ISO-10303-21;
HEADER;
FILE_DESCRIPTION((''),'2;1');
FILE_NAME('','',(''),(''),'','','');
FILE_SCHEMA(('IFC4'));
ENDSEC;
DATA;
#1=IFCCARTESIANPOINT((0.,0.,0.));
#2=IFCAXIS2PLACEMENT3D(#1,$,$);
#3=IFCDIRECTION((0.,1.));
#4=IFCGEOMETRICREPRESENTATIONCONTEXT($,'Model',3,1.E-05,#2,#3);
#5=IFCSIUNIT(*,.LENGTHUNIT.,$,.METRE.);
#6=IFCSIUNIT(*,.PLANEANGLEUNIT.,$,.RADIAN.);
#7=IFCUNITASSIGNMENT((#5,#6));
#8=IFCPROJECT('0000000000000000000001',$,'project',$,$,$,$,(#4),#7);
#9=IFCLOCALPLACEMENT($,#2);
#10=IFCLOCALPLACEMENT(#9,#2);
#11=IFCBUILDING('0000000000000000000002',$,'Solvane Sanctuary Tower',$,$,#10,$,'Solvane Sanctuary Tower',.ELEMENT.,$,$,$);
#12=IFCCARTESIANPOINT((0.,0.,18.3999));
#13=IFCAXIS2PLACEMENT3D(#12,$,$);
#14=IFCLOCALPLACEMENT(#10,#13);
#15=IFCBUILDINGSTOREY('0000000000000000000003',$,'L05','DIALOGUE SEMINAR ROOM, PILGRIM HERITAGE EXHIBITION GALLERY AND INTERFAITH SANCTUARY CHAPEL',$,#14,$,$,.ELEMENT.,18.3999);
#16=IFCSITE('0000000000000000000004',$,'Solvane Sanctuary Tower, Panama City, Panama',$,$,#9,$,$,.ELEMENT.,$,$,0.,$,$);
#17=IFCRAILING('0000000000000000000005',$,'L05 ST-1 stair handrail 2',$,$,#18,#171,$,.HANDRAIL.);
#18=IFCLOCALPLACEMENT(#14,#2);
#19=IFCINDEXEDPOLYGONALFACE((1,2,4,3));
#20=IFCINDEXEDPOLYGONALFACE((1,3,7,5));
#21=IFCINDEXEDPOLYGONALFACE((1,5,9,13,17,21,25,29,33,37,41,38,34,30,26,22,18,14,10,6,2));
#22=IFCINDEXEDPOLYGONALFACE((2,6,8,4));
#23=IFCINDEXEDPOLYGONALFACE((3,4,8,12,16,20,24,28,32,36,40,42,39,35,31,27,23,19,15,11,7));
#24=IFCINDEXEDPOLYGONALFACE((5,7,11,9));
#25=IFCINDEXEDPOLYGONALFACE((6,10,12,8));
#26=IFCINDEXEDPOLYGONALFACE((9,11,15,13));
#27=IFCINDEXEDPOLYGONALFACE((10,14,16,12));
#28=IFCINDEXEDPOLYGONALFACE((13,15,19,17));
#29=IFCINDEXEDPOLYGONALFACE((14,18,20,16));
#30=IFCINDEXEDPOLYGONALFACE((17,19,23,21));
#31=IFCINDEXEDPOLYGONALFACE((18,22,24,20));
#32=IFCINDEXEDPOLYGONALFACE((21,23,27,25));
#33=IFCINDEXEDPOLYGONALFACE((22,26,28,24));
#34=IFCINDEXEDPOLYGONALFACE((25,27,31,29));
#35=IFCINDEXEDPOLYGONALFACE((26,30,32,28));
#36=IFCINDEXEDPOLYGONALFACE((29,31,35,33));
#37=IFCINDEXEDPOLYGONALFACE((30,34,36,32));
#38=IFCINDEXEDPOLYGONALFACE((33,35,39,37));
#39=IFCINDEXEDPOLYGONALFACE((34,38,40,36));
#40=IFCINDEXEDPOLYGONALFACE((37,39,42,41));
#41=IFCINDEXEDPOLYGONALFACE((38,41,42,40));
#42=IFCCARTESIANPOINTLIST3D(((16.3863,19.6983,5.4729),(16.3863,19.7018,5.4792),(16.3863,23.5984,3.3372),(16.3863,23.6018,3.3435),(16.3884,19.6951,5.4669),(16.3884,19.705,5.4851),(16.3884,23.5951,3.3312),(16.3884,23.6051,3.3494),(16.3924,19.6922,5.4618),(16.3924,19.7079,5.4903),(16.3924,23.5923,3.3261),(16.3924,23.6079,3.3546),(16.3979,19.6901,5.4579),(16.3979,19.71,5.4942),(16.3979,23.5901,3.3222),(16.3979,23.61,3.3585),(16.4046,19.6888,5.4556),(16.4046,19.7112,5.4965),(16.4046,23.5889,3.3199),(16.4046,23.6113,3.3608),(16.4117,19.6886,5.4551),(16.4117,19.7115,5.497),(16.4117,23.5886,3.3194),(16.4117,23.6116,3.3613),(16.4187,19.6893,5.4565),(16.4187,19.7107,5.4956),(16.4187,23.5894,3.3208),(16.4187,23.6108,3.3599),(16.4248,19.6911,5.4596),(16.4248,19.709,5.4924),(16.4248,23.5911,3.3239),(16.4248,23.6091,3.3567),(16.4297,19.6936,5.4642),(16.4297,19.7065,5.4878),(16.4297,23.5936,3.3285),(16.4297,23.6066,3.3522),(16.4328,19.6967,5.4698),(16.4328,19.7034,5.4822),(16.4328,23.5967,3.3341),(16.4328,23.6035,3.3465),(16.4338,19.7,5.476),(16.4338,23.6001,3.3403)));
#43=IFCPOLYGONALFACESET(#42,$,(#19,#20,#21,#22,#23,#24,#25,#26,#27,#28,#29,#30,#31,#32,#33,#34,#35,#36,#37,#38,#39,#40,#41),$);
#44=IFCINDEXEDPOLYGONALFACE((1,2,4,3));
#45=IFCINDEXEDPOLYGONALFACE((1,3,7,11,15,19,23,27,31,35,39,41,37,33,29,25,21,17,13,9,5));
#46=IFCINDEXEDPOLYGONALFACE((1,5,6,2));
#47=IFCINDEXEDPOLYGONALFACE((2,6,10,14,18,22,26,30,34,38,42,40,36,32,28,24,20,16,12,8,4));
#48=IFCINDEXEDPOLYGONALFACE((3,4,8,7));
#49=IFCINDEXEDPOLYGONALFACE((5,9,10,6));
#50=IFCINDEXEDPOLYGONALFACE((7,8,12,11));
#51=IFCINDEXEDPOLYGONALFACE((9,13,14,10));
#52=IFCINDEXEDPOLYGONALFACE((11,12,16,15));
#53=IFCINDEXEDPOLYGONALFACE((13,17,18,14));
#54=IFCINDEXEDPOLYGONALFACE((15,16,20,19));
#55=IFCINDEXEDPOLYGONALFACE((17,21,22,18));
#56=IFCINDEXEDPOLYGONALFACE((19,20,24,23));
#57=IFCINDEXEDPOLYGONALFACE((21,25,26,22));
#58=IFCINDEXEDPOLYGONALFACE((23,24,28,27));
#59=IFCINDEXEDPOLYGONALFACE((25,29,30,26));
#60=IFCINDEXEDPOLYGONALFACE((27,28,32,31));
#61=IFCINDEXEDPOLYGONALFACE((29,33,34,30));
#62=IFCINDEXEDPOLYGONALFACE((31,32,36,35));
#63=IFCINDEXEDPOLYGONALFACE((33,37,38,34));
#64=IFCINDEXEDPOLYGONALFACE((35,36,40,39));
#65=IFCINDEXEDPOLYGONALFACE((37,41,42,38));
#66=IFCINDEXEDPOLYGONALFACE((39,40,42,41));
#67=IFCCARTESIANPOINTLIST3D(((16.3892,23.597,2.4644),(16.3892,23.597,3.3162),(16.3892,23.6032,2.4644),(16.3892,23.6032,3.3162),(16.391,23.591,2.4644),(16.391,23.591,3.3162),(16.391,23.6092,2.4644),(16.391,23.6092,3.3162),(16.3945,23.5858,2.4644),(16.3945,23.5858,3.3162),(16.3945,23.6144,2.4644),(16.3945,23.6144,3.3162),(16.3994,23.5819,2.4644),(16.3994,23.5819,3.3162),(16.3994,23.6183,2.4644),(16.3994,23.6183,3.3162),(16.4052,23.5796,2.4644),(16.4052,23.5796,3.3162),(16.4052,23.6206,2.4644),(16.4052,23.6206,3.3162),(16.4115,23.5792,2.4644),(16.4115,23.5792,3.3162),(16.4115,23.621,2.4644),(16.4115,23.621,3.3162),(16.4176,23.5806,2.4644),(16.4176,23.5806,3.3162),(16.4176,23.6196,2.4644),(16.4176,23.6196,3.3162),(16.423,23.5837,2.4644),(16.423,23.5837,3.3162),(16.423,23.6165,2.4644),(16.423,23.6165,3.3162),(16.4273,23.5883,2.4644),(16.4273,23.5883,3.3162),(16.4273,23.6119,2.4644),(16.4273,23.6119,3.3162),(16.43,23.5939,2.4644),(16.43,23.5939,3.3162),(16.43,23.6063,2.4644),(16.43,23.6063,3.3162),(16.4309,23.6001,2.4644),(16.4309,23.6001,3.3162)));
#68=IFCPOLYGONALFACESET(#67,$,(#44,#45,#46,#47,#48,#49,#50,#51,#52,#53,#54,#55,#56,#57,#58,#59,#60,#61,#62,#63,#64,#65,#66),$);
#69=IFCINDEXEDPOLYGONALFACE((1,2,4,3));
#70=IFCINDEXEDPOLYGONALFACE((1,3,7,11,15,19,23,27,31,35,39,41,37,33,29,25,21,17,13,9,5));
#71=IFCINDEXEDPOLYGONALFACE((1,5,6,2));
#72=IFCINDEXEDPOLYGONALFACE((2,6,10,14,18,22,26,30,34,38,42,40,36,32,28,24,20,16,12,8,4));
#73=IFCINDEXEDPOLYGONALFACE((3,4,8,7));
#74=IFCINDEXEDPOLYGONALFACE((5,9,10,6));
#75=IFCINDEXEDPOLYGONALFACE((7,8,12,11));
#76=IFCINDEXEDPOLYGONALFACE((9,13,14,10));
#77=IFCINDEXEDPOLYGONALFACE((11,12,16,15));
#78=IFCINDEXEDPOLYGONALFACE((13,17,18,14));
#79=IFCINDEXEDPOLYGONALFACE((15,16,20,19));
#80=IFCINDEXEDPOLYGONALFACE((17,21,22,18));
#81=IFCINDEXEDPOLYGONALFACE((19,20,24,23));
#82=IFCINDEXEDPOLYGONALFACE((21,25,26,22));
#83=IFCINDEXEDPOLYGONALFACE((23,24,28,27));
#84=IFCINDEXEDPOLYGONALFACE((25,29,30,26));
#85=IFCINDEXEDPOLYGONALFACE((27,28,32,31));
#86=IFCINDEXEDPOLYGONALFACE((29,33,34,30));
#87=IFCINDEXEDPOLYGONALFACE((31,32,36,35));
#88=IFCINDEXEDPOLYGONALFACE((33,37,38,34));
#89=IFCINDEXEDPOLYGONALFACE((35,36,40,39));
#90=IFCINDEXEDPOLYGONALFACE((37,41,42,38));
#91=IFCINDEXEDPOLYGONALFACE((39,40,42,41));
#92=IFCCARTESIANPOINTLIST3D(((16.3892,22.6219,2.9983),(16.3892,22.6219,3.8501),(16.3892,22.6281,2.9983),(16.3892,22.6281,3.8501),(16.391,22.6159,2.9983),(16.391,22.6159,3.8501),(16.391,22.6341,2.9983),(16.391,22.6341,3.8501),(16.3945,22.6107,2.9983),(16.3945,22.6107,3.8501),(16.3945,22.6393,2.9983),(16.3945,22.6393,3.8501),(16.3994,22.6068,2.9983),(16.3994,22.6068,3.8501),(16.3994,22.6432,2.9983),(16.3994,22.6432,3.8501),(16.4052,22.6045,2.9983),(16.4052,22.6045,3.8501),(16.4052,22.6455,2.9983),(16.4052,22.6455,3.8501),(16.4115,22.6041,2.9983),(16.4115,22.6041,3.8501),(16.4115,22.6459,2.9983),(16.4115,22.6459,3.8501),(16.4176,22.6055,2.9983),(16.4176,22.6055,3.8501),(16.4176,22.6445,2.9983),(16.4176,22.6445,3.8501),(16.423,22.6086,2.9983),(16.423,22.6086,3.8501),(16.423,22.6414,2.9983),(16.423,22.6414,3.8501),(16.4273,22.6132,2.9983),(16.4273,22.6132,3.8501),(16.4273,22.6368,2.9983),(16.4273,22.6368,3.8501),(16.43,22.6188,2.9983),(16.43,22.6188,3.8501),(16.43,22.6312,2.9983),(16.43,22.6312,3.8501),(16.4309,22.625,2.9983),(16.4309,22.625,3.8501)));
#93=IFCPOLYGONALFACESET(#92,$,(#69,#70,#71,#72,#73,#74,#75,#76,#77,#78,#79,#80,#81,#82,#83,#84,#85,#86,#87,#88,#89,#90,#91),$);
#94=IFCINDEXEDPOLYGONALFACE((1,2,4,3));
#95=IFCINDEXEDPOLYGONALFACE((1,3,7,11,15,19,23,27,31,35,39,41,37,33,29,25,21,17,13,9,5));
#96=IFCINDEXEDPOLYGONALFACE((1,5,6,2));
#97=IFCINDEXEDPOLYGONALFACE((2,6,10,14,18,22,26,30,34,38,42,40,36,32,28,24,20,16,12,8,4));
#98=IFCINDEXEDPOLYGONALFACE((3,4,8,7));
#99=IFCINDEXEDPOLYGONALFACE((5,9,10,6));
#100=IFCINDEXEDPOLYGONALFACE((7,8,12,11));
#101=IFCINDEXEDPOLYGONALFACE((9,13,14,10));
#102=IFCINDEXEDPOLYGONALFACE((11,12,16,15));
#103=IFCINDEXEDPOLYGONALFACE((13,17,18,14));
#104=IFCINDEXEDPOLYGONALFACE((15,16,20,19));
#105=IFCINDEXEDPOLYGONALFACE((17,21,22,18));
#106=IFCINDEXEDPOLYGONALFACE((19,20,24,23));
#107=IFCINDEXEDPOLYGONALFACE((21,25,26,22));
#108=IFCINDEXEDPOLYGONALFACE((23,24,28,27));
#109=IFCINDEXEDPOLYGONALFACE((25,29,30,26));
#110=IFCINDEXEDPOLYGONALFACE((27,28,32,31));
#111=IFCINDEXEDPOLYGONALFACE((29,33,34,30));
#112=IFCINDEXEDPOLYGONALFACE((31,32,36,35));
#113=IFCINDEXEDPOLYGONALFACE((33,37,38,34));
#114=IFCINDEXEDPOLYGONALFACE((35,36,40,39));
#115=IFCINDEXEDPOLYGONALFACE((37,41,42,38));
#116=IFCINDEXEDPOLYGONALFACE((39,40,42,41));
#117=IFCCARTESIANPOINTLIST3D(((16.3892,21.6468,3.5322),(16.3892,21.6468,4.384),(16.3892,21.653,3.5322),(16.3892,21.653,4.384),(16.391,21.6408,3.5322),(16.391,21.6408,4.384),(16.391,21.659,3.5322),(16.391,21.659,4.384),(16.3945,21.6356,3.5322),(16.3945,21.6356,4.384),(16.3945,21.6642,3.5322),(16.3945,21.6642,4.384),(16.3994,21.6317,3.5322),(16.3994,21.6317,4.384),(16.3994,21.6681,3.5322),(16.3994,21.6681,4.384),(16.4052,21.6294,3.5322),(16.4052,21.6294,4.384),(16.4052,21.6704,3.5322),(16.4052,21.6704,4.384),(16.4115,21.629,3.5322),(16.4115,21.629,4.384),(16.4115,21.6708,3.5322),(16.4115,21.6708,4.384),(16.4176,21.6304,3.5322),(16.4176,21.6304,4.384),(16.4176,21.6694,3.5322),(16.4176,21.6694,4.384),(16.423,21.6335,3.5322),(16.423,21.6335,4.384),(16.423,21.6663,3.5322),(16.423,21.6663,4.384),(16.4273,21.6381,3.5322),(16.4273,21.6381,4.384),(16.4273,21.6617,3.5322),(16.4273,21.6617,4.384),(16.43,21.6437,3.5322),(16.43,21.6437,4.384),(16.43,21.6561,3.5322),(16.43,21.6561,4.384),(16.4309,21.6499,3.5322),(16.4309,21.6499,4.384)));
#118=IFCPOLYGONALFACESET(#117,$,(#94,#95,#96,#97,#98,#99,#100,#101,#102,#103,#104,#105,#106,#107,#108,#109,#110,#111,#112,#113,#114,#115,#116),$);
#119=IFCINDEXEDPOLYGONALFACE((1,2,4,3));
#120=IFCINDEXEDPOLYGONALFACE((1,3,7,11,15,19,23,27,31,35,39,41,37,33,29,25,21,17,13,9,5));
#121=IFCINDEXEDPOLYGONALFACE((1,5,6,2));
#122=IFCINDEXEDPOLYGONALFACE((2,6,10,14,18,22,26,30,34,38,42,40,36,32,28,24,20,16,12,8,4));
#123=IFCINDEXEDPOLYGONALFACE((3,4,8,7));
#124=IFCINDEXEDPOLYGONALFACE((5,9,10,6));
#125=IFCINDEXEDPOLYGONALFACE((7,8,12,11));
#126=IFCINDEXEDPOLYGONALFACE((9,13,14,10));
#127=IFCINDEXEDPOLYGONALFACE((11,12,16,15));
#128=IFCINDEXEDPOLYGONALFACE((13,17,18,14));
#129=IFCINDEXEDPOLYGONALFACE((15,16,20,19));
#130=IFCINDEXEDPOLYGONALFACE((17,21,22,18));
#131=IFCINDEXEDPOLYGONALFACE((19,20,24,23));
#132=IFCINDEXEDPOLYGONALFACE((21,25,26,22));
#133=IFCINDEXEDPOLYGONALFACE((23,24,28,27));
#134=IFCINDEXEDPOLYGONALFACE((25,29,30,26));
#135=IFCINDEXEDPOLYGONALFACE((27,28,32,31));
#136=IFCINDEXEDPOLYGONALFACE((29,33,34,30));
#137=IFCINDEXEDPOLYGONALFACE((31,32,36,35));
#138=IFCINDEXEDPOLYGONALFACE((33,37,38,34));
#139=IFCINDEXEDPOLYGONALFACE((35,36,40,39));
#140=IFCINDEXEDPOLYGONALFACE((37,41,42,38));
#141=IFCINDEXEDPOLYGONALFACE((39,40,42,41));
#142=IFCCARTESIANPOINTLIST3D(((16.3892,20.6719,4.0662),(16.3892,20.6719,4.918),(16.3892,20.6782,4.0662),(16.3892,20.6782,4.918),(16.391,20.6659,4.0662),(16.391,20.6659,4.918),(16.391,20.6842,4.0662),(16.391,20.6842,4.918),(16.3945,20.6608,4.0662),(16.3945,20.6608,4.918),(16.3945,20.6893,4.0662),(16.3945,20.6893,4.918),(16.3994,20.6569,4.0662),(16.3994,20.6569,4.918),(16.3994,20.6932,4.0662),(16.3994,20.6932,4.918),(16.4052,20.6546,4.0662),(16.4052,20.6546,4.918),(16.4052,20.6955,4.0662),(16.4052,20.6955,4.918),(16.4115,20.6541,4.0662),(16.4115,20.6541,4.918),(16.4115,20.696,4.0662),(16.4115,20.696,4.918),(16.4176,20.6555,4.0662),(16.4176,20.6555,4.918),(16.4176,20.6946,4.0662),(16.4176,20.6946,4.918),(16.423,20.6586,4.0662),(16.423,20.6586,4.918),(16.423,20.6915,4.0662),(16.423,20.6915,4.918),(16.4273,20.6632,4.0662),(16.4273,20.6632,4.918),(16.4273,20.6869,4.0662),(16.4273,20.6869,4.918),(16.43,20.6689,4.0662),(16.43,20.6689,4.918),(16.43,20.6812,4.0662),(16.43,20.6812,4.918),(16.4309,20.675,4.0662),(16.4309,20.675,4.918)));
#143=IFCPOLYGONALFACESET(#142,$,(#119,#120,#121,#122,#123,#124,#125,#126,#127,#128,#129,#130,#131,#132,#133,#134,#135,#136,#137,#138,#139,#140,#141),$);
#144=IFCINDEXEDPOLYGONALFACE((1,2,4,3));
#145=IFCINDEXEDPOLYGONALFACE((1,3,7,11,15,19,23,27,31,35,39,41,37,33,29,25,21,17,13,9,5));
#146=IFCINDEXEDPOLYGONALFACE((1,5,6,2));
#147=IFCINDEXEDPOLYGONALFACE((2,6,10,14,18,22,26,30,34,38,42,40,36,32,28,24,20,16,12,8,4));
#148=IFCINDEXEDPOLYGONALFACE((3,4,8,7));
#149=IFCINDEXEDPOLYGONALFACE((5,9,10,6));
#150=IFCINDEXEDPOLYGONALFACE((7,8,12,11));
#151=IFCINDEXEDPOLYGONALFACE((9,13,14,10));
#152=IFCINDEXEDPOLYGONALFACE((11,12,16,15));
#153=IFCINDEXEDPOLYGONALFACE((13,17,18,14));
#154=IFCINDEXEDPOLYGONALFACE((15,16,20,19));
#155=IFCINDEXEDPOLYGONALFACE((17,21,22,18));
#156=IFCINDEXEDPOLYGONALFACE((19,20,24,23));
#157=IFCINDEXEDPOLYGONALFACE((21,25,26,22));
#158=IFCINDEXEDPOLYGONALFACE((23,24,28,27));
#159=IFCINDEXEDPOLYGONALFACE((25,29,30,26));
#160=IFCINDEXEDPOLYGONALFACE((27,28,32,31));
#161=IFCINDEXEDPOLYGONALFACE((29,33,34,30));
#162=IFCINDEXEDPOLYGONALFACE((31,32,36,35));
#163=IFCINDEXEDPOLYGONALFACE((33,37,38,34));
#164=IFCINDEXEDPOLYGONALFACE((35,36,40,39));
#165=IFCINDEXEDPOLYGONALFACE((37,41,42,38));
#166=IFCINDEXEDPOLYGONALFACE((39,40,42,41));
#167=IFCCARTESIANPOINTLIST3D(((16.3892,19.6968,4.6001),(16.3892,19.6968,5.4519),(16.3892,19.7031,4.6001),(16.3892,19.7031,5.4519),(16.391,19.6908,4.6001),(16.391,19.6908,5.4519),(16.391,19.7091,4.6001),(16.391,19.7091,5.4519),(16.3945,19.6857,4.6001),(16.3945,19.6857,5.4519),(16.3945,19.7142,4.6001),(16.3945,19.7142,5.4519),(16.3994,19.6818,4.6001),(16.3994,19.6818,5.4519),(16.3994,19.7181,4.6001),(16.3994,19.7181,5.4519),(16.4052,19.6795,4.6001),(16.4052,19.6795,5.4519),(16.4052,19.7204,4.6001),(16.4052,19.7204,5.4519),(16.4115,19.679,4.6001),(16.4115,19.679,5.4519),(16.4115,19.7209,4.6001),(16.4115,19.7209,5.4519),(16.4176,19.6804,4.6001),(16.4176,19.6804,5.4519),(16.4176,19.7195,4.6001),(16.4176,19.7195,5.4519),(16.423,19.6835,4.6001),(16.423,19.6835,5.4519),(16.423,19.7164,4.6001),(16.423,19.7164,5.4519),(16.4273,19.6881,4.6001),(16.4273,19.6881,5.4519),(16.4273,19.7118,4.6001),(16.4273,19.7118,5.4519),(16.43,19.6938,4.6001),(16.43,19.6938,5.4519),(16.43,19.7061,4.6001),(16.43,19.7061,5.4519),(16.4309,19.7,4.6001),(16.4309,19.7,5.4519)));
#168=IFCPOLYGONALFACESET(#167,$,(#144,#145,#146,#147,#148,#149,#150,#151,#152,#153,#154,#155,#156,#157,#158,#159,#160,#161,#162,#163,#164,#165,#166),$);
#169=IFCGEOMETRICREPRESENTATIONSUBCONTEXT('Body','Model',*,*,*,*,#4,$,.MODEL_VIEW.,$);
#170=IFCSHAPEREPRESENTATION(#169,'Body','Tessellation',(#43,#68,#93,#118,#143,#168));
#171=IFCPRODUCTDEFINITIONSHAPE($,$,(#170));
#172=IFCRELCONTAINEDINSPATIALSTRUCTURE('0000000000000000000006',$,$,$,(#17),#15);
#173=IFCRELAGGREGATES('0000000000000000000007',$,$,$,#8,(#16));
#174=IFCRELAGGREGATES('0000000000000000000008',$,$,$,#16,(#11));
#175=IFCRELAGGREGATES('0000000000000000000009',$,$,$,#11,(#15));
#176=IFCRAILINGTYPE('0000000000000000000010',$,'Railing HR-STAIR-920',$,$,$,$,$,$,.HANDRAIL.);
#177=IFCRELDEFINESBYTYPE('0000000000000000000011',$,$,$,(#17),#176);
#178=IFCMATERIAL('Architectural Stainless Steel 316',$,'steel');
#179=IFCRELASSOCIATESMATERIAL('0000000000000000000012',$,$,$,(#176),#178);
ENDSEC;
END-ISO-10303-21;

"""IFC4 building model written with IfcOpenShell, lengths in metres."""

from ifc_helpers import new_model, si_unit, direction, frame, origin, origin_2d, place, context, subcontext, project, spatial, circle, extrude, material, type_object, element, save


model = new_model("IFC4")

# Units and contexts
model_context = context("Model", 3, precision=1e-05, world=origin(), true_north=direction((0.0, 1.0)))
body_context = subcontext(model_context, "Body", "Model", "MODEL_VIEW")
ifc_project = project(units=[si_unit("LENGTHUNIT", "METRE"), si_unit("PLANEANGLEUNIT", "RADIAN")], contexts=[model_context])

# Site, building, storey
site_placement = place(None, origin())
site = spatial("IfcSite", under=ifc_project, at=site_placement, Name="Solvane Sanctuary Tower, Panama City, Panama", CompositionType="ELEMENT", RefElevation=0.0)
building_placement = place(site_placement, origin())
building = spatial("IfcBuilding", under=site, at=building_placement, Name="Solvane Sanctuary Tower", LongName="Solvane Sanctuary Tower", CompositionType="ELEMENT")
storey_placement = place(building_placement, frame((0.0, 0.0, 18.3999)))
storey = spatial("IfcBuildingStorey", under=building, at=storey_placement, Name="L05", Description="DIALOGUE SEMINAR ROOM, PILGRIM HERITAGE EXHIBITION GALLERY AND INTERFAITH SANCTUARY CHAPEL", CompositionType="ELEMENT", Elevation=18.3999)

# Railing
ifc_material_1 = material(Name="Architectural Stainless Steel 316", Category="steel")
railing_type_1 = type_object("IfcRailingType", Name="Railing HR-STAIR-920", PredefinedType="HANDRAIL", material=ifc_material_1)
railing_1_placement = place(storey_placement, frame((16.4099, 23.6001, 2.4644)))
element("IfcRailing", 1, at=railing_1_placement, inside=storey, type_object=railing_type_1, Name="L05 ST-1 stair handrail 2", PredefinedType="HANDRAIL", context=body_context, shape_type="SweptSolid", body=[
    extrude(circle(Radius=0.0239, at=origin_2d()), frame((0.0, 0.0, 0.876), z_axis=(0.0, -0.877101, 0.480306), x_axis=(1.0, 0.0, 0.0)), (0.0, 0.0, 1.0), 4.4465),
    extrude(circle(Radius=0.021, at=origin_2d()), origin(), (0.0, 0.0, 1.0), 0.8518),
    extrude(circle(Radius=0.021, at=origin_2d()), frame((0.0, -0.9751, 0.5339)), (0.0, 0.0, 1.0), 0.8518),
    extrude(circle(Radius=0.021, at=origin_2d()), frame((0.0, -1.9502, 1.0679)), (0.0, 0.0, 1.0), 0.8518),
    extrude(circle(Radius=0.021, at=origin_2d()), frame((0.0, -2.925, 1.6018)), (0.0, 0.0, 1.0), 0.8518),
    extrude(circle(Radius=0.021, at=origin_2d()), frame((0.0, -3.9001, 2.1357)), (0.0, 0.0, 1.0), 0.8518),
])

save(model, "model.ifc")
